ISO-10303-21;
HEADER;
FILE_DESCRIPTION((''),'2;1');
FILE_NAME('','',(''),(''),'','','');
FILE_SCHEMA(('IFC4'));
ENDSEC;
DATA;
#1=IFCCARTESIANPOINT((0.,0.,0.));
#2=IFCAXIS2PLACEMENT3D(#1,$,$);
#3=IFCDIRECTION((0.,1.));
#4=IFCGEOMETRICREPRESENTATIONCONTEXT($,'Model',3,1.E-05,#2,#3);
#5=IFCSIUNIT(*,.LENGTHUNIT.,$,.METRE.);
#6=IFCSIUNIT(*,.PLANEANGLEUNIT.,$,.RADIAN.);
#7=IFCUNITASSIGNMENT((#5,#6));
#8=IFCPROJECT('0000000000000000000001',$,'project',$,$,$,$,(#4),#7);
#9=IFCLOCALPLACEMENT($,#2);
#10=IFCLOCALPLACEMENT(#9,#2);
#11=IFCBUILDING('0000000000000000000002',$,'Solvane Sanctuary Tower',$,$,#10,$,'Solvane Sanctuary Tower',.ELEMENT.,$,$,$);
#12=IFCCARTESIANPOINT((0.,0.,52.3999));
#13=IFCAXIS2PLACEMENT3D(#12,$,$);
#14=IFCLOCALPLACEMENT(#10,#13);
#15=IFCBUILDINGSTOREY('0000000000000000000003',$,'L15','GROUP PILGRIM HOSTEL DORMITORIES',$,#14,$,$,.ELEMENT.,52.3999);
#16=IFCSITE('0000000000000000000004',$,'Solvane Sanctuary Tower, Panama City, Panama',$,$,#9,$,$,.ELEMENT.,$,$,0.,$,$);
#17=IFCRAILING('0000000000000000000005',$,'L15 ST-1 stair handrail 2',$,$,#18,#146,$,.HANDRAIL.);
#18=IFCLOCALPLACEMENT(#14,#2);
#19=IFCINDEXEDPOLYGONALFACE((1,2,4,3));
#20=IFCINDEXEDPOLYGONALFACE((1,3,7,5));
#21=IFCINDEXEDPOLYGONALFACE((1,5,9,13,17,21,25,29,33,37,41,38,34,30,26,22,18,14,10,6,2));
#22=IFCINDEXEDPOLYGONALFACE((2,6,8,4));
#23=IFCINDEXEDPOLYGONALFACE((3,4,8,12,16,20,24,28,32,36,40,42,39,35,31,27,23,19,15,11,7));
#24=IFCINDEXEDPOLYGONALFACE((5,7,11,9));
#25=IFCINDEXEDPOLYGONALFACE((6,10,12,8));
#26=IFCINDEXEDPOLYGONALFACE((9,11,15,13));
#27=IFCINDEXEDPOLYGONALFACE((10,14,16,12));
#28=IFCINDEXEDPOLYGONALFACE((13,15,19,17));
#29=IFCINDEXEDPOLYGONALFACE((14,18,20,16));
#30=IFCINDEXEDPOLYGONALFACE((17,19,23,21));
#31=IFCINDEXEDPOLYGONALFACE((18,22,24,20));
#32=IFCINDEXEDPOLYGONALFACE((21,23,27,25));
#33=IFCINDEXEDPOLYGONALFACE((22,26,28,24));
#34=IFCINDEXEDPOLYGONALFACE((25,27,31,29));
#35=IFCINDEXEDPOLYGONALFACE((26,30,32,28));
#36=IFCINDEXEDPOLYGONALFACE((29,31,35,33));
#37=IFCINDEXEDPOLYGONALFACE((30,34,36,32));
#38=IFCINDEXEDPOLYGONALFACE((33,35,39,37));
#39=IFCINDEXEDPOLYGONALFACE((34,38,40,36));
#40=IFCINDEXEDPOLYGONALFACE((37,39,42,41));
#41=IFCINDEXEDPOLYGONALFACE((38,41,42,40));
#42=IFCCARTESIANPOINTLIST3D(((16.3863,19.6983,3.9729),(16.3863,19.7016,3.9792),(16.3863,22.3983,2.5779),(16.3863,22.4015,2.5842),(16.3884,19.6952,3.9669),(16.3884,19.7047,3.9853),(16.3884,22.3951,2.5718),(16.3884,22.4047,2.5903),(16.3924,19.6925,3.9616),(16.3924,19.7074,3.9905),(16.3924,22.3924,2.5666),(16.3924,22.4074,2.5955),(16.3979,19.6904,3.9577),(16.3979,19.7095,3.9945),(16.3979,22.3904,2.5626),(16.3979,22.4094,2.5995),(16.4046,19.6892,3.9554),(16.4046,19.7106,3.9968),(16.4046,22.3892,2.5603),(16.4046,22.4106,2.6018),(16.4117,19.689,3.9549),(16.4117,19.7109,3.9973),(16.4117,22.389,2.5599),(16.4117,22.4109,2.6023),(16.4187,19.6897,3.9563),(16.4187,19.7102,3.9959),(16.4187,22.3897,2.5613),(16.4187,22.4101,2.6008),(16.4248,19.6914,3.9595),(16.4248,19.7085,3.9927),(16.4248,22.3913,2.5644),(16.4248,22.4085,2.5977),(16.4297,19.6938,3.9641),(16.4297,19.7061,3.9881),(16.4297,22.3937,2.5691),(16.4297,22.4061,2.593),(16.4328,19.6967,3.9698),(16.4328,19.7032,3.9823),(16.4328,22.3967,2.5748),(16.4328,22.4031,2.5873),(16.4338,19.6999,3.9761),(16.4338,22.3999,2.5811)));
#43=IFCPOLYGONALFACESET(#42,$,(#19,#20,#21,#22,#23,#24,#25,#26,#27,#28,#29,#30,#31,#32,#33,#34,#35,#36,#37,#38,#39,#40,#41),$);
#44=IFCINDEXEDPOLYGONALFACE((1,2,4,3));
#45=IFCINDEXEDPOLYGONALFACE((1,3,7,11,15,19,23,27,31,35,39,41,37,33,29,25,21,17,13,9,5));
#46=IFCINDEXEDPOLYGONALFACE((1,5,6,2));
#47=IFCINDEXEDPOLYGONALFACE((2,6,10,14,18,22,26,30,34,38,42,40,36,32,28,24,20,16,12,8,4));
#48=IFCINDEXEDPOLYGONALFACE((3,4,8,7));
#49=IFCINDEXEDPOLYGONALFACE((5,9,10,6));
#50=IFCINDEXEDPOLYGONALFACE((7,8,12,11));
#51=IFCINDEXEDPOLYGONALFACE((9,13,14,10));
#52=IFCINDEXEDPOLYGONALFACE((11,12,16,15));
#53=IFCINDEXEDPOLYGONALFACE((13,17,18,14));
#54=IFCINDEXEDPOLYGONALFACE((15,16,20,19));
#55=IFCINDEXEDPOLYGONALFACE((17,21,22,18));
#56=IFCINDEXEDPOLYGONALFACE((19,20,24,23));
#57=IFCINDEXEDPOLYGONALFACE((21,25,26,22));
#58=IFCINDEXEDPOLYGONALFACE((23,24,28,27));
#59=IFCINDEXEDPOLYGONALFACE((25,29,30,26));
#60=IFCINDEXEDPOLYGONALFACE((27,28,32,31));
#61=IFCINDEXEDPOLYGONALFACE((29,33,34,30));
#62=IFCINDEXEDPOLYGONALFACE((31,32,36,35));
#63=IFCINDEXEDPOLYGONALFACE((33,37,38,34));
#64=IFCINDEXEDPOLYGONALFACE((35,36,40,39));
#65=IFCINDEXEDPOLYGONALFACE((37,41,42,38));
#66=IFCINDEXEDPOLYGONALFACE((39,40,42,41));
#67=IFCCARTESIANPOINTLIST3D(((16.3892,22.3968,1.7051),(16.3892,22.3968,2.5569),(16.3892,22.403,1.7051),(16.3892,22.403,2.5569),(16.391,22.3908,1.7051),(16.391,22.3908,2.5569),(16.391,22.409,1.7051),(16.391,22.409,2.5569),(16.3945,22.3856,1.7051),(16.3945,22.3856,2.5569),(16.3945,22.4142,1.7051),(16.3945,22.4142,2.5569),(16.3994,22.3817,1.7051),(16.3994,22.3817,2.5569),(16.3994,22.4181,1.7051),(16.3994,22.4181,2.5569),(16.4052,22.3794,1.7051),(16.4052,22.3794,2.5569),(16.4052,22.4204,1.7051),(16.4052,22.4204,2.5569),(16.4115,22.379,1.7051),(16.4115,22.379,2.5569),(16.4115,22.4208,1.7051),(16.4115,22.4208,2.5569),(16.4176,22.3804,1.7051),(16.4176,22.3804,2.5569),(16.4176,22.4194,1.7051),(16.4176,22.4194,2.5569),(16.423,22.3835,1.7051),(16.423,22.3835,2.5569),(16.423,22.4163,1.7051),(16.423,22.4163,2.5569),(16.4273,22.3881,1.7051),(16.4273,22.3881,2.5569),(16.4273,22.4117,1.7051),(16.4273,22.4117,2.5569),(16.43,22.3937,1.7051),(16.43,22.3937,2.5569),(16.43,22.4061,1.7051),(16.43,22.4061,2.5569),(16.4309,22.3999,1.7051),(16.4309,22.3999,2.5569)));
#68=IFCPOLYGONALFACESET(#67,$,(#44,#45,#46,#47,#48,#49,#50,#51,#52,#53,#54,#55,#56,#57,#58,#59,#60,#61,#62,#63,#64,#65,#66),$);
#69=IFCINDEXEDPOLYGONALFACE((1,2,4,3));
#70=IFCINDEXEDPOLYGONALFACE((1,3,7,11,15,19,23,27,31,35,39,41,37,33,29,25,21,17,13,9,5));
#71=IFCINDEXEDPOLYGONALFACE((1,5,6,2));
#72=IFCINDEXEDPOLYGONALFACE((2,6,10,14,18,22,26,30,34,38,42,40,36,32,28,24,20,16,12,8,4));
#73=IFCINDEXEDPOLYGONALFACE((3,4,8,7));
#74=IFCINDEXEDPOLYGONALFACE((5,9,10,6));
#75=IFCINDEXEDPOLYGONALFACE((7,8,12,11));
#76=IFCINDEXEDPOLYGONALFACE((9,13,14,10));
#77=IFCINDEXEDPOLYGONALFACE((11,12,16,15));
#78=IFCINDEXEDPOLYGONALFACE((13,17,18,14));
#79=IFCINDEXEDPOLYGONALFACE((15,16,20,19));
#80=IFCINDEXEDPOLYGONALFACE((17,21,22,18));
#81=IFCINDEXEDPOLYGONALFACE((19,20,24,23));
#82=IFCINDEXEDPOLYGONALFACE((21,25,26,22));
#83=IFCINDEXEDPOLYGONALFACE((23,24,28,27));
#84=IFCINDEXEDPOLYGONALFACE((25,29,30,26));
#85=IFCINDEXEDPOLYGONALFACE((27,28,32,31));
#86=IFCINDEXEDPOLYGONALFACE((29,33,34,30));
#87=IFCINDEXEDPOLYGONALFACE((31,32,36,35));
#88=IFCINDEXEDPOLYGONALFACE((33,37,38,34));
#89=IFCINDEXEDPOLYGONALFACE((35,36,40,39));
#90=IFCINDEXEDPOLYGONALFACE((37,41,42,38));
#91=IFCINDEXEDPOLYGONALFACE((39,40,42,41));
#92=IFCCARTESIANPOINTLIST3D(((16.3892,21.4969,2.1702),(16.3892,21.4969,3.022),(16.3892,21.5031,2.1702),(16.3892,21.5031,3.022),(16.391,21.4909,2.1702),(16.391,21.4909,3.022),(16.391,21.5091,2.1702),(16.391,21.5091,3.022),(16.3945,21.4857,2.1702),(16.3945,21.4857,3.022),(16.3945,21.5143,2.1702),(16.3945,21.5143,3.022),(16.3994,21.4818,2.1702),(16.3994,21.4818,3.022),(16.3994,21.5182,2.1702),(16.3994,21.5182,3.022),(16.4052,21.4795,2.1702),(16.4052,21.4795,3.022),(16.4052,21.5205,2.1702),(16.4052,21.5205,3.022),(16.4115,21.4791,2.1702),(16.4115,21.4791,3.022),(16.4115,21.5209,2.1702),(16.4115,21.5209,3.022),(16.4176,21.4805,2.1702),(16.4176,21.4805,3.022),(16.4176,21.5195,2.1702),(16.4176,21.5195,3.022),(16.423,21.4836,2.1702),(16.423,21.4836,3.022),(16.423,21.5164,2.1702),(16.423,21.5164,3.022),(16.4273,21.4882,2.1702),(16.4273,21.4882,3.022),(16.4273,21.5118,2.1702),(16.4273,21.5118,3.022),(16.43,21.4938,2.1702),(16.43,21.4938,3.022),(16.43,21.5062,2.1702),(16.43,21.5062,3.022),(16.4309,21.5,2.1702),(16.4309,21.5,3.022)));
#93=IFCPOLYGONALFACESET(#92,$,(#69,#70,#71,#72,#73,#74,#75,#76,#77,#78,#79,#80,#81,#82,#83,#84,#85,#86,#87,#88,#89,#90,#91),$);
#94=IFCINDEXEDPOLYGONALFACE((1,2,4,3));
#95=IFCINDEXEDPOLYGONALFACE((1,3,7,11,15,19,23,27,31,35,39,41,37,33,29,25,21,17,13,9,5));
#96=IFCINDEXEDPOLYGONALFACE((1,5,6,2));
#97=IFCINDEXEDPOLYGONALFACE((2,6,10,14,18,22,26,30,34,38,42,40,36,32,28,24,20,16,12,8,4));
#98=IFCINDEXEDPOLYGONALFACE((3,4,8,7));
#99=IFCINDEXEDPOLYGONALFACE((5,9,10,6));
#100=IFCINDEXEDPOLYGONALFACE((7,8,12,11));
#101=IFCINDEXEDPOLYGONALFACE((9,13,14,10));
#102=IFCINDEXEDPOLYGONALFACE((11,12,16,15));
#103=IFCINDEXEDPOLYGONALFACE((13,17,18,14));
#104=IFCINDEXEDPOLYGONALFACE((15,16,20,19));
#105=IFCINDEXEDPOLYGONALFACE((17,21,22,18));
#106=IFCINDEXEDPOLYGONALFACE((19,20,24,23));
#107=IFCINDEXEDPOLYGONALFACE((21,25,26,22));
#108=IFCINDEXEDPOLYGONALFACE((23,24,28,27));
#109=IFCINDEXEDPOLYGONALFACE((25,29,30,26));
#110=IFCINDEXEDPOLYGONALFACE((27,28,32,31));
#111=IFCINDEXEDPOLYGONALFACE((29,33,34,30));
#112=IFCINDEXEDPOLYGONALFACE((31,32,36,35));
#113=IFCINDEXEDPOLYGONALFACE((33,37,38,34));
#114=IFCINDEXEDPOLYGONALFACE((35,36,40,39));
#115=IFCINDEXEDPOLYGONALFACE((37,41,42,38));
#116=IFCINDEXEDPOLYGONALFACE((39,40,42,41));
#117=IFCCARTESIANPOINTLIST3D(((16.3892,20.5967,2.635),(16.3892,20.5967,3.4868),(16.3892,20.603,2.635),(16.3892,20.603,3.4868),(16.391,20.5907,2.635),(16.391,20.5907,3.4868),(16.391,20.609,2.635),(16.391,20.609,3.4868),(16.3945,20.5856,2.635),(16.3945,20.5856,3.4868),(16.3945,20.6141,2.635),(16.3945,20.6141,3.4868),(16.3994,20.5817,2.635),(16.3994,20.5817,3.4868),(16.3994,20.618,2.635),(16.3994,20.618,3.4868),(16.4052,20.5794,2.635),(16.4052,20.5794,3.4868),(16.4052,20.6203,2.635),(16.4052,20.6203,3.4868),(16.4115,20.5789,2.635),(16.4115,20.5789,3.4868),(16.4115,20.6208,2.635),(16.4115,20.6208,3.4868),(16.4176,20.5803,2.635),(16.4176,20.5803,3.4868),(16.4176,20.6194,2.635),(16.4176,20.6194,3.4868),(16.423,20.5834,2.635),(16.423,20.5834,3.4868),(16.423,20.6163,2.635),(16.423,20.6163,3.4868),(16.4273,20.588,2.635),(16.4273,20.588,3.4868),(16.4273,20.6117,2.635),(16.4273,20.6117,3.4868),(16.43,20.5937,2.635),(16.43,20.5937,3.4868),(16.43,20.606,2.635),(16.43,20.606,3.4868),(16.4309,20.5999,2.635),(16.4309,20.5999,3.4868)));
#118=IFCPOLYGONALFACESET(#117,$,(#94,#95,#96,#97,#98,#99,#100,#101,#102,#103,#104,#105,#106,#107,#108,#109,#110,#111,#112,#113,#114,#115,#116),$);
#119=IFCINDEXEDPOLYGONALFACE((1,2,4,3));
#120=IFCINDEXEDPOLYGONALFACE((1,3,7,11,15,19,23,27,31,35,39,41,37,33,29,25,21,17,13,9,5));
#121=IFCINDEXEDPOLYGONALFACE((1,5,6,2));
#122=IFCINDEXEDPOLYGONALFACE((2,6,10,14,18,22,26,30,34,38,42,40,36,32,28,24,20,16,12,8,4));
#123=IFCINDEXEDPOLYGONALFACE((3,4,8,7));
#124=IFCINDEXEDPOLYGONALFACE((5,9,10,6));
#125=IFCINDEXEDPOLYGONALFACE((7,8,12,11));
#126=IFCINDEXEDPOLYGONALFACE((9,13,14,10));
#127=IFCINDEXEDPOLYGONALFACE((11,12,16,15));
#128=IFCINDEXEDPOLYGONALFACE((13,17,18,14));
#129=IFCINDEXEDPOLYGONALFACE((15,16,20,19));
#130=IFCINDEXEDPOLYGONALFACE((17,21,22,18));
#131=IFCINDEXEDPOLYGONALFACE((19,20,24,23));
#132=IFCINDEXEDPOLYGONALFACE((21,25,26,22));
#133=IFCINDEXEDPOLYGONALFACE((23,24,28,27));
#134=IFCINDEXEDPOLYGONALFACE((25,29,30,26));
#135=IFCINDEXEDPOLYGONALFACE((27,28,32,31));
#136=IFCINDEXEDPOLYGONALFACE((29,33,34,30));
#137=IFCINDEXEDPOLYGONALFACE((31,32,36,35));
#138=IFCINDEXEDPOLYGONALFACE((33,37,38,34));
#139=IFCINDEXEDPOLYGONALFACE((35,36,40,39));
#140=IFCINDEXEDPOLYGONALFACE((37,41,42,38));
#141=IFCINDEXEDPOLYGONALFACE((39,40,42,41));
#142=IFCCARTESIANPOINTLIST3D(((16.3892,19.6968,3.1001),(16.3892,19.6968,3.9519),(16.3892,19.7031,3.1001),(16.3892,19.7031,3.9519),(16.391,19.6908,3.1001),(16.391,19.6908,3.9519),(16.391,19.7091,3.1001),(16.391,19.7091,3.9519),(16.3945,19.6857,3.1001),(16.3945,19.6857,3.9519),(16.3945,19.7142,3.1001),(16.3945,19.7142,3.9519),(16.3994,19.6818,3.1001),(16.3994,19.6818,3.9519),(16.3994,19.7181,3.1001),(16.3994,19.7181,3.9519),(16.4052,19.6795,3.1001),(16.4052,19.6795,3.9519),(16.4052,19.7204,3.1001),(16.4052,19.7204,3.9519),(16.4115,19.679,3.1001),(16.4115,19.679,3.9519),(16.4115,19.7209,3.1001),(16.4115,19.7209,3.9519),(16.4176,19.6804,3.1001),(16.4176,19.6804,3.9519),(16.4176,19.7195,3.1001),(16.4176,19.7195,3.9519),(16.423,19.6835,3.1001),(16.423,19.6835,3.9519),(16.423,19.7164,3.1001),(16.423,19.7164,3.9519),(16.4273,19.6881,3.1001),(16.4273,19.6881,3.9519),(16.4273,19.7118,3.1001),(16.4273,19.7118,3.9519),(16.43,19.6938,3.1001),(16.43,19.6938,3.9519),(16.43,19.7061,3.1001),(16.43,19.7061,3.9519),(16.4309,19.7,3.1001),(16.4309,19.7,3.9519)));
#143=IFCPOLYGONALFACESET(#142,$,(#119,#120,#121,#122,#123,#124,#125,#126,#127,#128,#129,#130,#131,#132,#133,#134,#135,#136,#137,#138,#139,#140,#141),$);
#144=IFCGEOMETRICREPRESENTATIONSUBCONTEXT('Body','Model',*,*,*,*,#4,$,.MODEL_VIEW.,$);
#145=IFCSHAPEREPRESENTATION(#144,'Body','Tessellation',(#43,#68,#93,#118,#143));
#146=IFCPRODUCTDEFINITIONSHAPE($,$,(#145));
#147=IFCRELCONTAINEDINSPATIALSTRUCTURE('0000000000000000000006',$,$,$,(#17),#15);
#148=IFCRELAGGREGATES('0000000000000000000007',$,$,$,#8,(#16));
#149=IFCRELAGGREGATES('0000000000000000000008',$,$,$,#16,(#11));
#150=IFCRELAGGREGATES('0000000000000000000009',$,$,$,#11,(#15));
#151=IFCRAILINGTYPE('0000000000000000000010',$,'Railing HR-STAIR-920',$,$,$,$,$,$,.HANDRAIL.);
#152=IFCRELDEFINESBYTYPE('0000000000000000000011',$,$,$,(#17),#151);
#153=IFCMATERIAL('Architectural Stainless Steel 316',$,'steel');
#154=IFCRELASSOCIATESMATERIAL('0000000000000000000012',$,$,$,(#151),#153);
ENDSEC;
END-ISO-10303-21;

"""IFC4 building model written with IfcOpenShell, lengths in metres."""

from ifc_helpers import new_model, si_unit, direction, frame, origin, origin_2d, place, context, subcontext, project, spatial, circle, extrude, material, type_object, element, save


model = new_model("IFC4")

# Units and contexts
model_context = context("Model", 3, precision=1e-05, world=origin(), true_north=direction((0.0, 1.0)))
body_context = subcontext(model_context, "Body", "Model", "MODEL_VIEW")
ifc_project = project(units=[si_unit("LENGTHUNIT", "METRE"), si_unit("PLANEANGLEUNIT", "RADIAN")], contexts=[model_context])

# Site, building, storey
site_placement = place(None, origin())
site = spatial("IfcSite", under=ifc_project, at=site_placement, Name="Solvane Sanctuary Tower, Panama City, Panama", CompositionType="ELEMENT", RefElevation=0.0)
building_placement = place(site_placement, origin())
building = spatial("IfcBuilding", under=site, at=building_placement, Name="Solvane Sanctuary Tower", LongName="Solvane Sanctuary Tower", CompositionType="ELEMENT")
storey_placement = place(building_placement, frame((0.0, 0.0, 52.3999)))
storey = spatial("IfcBuildingStorey", under=building, at=storey_placement, Name="L15", Description="GROUP PILGRIM HOSTEL DORMITORIES", CompositionType="ELEMENT", Elevation=52.3999)

# Shared definitions
ifc_material_1 = material(Name="Architectural Stainless Steel 316", Category="steel")

# Railing
railing_type_1 = type_object("IfcRailingType", Name="Railing HR-STAIR-920", PredefinedType="HANDRAIL", material=ifc_material_1)
railing_1_placement = place(storey_placement, frame((16.4099, 22.3999, 1.7051)))
element("IfcRailing", 1, at=railing_1_placement, inside=storey, type_object=railing_type_1, Name="L15 ST-1 stair handrail 2", PredefinedType="HANDRAIL", context=body_context, shape_type="SweptSolid", body=[
    extrude(circle(Radius=0.0239, at=origin_2d()), frame((0.0, 0.0, 0.876), z_axis=(0.0, -0.88842, 0.459032), x_axis=(1.0, 0.0, 0.0)), (0.0, 0.0, 1.0), 3.0391),
    extrude(circle(Radius=0.021, at=origin_2d()), origin(), (0.0, 0.0, 1.0), 0.8518),
    extrude(circle(Radius=0.021, at=origin_2d()), frame((0.0, -0.8999, 0.4651)), (0.0, 0.0, 1.0), 0.8518),
    extrude(circle(Radius=0.021, at=origin_2d()), frame((0.0, -1.8, 0.9299)), (0.0, 0.0, 1.0), 0.8518),
    extrude(circle(Radius=0.021, at=origin_2d()), frame((0.0, -2.7, 1.395)), (0.0, 0.0, 1.0), 0.8518),
])

save(model, "model.ifc")
